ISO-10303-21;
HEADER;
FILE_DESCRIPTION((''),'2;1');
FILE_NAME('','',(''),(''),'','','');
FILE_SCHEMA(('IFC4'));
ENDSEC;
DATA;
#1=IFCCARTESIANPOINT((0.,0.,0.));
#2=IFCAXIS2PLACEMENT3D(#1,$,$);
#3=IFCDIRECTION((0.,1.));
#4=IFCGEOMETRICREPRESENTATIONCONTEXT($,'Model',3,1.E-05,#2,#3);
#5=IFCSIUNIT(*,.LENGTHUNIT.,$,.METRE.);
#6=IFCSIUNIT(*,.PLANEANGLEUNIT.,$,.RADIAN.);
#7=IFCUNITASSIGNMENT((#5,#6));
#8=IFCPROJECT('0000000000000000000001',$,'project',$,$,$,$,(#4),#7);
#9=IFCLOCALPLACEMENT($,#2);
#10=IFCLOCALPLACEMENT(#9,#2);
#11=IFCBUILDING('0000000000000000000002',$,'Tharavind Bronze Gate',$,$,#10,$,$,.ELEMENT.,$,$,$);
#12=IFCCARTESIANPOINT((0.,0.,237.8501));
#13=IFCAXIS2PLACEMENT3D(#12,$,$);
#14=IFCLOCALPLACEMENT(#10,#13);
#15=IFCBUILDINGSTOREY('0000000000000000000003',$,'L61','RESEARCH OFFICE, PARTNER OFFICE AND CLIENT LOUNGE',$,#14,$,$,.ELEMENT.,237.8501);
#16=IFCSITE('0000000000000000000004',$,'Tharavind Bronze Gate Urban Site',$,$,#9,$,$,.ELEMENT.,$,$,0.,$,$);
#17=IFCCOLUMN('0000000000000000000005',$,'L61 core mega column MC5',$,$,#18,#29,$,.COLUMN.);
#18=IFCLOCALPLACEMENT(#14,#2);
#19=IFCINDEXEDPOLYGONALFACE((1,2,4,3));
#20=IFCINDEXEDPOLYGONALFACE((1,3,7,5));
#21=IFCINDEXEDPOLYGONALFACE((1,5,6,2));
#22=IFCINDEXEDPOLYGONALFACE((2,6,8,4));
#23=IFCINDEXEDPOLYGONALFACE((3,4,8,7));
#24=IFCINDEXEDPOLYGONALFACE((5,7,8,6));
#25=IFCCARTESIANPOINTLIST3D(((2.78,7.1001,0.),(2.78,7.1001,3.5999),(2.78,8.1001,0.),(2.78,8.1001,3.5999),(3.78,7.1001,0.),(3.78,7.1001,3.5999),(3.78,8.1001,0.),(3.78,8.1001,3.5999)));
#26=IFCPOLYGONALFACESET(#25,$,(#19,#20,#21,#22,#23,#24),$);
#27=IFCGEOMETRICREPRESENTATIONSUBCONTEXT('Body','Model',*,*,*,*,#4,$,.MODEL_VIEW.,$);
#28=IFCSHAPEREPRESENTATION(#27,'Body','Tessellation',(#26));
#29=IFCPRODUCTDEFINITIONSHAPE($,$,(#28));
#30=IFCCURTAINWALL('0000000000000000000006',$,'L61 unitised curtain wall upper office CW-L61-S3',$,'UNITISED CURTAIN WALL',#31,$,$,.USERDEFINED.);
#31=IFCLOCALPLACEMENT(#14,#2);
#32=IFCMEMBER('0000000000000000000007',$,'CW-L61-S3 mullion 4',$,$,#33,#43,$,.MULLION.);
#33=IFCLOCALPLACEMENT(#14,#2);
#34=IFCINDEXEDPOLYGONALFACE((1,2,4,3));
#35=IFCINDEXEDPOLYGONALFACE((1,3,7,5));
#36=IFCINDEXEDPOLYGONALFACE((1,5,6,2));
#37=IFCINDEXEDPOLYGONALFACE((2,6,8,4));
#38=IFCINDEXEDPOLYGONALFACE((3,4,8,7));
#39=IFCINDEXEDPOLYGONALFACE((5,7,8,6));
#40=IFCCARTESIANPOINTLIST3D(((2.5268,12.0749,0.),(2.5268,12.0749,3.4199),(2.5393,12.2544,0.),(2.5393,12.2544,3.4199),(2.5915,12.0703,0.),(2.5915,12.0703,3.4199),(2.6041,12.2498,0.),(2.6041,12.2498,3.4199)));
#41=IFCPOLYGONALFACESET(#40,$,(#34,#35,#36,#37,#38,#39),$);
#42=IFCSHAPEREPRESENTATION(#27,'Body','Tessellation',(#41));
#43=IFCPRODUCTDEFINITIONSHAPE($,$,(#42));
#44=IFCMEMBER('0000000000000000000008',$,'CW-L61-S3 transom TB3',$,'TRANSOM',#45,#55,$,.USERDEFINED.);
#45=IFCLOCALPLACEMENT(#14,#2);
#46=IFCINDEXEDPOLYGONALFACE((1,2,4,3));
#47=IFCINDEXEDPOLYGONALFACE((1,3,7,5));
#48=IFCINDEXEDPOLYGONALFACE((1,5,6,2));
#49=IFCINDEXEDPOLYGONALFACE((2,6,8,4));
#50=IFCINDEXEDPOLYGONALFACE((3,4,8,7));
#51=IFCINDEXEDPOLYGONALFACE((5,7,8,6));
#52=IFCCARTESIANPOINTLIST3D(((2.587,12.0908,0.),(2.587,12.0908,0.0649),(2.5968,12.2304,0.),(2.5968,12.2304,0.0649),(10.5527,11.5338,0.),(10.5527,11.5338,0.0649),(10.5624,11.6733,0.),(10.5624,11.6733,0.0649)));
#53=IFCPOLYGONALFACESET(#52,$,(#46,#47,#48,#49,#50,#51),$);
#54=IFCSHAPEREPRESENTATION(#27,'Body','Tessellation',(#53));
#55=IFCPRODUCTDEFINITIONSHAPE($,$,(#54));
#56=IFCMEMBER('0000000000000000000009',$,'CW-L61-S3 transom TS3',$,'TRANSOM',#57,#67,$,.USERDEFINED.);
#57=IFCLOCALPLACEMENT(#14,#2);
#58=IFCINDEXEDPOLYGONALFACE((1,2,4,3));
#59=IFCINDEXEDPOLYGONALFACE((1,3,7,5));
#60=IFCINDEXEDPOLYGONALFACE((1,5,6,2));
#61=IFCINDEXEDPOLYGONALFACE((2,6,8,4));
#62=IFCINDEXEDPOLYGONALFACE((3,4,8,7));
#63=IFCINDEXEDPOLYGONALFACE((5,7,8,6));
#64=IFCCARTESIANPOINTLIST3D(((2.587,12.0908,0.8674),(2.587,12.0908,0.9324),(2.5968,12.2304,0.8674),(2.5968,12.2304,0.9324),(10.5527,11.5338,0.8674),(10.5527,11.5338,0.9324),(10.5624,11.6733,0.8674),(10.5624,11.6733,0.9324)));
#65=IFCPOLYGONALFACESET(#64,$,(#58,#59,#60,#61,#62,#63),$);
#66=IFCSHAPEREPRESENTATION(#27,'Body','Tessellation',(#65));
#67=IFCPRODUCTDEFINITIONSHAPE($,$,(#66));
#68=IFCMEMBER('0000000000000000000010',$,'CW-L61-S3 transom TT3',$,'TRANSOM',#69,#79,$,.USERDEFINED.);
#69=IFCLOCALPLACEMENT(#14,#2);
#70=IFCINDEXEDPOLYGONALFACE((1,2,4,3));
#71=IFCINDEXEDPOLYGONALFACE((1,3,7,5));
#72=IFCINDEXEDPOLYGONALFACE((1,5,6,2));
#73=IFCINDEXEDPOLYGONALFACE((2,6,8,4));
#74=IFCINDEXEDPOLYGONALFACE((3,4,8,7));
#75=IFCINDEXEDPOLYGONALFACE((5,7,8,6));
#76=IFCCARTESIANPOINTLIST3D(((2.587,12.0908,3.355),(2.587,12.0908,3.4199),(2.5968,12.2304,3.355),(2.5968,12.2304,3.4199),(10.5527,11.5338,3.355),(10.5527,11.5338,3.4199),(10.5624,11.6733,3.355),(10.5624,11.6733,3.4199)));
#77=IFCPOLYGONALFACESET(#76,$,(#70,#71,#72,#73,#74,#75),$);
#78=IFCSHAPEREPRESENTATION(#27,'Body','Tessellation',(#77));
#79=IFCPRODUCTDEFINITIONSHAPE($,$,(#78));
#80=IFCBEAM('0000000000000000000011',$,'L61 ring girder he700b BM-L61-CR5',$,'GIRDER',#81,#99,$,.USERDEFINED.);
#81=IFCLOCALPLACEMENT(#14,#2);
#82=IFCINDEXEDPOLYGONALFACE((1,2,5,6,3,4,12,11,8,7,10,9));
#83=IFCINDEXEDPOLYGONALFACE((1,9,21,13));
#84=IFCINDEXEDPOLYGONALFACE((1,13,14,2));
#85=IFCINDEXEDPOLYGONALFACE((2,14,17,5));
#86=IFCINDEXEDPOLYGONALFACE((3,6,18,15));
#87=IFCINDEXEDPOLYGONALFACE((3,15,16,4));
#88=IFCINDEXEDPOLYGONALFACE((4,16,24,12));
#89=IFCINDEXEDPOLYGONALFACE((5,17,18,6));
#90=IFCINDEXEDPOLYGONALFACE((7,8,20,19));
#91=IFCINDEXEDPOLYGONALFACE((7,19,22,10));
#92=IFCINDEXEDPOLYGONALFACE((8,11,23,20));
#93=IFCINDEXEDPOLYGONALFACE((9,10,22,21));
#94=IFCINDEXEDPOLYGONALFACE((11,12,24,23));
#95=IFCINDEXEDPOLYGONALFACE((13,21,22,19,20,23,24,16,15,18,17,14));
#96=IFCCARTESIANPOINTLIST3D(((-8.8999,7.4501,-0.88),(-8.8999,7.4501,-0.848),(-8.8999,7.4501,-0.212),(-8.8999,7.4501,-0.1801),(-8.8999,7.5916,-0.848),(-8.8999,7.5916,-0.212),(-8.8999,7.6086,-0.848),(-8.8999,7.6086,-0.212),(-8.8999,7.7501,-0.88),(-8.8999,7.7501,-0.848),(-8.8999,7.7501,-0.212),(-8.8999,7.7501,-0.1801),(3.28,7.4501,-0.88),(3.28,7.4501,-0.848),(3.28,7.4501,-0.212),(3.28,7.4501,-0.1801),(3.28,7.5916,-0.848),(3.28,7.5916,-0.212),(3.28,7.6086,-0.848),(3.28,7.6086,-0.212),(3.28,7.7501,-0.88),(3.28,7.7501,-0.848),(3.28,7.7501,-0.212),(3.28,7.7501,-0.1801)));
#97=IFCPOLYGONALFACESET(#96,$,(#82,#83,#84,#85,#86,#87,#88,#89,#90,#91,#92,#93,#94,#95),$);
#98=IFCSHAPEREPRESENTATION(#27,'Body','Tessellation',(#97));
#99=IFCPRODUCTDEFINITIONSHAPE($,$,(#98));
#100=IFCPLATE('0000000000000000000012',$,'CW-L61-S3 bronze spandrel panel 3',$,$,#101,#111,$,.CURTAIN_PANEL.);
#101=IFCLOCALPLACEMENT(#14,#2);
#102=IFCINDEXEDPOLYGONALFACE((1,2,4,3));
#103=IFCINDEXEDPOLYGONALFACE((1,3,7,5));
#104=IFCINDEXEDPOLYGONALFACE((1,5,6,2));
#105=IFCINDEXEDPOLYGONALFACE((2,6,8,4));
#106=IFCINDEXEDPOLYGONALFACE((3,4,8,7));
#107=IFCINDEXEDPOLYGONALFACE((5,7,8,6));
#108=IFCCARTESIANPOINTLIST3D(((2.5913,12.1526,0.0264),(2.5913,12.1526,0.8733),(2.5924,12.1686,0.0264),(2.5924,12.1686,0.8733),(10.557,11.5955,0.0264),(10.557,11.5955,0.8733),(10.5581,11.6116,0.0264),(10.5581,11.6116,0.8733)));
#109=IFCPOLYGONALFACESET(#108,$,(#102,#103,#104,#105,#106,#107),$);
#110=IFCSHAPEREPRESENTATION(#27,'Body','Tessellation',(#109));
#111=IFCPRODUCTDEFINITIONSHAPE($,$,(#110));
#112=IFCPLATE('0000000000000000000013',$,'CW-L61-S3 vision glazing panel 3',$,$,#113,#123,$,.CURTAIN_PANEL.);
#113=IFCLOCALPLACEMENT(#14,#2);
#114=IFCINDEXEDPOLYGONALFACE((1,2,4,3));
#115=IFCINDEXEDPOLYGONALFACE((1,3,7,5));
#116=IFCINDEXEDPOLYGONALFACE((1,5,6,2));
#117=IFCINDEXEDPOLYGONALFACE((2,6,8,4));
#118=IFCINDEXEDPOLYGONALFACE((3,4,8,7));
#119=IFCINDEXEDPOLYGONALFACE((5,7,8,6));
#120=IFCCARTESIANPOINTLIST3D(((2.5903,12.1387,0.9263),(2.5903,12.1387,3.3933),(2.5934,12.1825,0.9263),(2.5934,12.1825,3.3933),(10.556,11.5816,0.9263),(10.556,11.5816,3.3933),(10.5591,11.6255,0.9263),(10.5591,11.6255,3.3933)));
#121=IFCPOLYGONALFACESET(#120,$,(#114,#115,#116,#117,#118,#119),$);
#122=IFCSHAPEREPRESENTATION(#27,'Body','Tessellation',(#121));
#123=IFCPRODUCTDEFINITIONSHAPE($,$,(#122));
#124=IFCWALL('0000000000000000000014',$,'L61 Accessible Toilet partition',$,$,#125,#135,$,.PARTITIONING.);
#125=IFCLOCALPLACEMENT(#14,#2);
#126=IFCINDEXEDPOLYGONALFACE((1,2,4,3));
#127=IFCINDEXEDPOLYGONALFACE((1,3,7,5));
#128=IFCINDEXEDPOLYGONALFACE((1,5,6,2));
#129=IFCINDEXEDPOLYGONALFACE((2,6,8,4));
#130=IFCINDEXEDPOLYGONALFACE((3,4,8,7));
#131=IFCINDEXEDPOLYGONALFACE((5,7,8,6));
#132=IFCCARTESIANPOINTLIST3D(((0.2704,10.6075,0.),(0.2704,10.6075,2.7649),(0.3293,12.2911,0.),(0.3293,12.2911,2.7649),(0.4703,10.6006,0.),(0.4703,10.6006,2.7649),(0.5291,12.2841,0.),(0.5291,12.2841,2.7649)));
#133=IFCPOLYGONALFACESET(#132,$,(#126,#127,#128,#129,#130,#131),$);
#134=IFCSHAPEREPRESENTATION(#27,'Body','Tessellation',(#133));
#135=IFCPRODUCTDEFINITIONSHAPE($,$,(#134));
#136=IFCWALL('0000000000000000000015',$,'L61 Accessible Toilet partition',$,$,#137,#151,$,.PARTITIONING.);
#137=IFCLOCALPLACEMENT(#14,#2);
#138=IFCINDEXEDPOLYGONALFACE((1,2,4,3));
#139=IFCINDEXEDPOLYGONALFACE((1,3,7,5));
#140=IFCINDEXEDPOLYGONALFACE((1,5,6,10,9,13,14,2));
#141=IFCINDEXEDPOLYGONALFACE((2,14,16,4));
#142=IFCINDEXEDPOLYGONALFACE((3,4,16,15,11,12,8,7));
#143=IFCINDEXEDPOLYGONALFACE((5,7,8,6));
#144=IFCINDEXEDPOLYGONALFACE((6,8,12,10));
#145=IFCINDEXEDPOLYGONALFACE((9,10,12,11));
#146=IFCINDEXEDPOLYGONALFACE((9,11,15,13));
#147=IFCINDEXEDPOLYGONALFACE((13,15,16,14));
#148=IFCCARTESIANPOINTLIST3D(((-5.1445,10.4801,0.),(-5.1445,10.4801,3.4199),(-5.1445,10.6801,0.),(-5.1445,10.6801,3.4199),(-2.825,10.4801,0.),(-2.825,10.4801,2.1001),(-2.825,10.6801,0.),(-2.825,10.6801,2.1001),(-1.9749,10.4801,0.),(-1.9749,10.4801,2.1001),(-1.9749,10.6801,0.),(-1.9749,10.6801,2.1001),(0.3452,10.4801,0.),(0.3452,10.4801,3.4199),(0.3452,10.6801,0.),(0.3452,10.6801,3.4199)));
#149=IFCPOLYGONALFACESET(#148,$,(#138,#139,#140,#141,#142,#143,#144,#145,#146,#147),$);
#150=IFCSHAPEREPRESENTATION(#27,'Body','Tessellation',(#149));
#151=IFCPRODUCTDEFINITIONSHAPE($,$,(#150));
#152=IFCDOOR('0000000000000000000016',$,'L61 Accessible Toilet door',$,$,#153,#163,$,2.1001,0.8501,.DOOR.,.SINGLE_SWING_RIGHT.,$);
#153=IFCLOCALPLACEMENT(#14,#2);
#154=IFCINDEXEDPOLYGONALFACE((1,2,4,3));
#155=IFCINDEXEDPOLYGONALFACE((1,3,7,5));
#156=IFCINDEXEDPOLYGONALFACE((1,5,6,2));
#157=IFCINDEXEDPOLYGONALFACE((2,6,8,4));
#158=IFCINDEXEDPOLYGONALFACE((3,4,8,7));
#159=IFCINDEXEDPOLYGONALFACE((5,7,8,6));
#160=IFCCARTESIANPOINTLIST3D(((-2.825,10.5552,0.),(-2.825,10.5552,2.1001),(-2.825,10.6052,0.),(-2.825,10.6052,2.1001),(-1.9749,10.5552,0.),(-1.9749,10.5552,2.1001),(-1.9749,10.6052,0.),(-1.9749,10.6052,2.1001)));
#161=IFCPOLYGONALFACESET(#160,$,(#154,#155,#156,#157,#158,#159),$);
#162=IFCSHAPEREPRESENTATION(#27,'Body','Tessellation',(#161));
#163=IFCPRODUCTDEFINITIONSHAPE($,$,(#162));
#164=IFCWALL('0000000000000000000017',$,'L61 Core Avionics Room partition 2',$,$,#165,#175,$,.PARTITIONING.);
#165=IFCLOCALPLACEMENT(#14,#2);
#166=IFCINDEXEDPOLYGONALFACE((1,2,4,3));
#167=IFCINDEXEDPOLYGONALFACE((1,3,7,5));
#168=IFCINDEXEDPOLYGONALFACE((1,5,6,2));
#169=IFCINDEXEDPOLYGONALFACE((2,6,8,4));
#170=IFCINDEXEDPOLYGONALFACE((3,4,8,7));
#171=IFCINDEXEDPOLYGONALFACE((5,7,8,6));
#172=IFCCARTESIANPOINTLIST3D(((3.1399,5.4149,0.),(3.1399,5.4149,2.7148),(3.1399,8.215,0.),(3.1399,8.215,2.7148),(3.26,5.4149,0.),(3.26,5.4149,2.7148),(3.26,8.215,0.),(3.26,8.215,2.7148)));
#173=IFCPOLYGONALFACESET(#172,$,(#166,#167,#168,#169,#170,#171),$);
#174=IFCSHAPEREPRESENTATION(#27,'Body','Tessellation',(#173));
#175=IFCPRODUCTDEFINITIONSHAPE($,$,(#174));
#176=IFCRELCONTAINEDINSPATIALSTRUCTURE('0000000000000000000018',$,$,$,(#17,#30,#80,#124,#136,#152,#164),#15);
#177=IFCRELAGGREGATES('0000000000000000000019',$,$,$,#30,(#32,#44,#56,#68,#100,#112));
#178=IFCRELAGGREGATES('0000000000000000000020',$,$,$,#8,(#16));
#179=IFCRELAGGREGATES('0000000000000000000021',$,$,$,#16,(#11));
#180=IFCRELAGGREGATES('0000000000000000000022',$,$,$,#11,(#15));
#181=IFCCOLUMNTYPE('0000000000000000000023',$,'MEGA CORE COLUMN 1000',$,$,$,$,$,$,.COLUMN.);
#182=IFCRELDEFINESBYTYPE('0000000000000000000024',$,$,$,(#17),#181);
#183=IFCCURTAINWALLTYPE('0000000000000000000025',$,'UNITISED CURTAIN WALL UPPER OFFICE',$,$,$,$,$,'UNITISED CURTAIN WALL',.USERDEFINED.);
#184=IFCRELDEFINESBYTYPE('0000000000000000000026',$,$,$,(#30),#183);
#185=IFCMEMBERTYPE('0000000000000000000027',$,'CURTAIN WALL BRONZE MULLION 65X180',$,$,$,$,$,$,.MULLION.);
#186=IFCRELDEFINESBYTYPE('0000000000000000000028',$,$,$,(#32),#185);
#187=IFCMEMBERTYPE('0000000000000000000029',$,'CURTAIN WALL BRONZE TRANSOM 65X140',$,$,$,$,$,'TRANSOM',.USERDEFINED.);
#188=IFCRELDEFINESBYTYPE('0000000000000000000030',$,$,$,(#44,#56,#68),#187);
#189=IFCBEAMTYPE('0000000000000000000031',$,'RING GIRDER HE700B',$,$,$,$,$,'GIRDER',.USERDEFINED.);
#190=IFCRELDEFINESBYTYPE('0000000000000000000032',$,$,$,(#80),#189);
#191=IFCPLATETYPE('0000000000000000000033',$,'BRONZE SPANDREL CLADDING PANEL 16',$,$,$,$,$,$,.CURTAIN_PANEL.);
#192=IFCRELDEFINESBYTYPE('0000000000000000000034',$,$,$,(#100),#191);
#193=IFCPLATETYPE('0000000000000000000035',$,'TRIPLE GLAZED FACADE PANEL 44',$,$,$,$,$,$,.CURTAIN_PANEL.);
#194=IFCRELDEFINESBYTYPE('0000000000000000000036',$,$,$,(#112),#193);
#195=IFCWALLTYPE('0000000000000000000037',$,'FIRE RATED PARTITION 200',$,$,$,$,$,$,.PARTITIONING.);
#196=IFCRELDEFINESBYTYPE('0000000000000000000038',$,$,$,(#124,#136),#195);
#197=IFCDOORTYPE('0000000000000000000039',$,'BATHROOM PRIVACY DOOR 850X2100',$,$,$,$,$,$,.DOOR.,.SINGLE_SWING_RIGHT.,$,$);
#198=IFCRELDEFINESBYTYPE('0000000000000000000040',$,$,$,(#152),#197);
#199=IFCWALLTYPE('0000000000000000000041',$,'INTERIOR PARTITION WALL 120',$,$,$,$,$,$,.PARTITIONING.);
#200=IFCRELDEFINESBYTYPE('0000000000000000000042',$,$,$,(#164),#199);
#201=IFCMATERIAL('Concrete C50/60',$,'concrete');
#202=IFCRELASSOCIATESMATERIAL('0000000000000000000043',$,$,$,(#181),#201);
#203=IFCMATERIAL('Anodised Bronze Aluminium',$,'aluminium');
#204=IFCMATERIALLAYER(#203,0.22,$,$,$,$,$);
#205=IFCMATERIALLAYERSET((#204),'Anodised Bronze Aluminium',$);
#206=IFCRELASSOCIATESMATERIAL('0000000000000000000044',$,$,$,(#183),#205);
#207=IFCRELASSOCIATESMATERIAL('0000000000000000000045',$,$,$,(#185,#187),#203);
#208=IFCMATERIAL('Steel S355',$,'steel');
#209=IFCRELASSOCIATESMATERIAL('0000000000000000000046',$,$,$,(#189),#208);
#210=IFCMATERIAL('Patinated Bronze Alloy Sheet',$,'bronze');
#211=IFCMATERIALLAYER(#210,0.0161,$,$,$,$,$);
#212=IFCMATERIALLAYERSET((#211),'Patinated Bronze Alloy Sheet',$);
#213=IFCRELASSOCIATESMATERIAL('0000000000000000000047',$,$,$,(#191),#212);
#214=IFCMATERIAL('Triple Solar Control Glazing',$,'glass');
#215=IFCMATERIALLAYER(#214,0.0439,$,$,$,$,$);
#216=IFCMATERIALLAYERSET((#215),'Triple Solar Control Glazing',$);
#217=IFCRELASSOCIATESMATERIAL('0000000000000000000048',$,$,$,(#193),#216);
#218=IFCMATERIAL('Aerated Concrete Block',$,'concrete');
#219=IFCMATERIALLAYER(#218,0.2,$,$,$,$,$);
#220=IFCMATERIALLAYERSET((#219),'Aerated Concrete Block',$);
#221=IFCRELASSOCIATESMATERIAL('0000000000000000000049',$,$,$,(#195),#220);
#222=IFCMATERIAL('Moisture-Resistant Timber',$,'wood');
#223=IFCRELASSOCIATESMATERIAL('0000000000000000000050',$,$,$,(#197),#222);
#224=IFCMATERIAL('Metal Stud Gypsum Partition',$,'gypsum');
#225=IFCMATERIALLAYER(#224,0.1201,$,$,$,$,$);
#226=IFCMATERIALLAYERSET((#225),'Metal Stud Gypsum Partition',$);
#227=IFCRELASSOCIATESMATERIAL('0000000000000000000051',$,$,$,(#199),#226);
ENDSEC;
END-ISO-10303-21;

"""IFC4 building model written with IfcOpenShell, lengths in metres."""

from ifc_helpers import new_model, si_unit, direction, frame, frame_2d, origin, origin_2d, place, context, subcontext, project, spatial, rectangle, i_section, extrude, material, layer, layer_set, material_profile, profile_set, type_object, element, fill, aggregate, save


model = new_model("IFC4")

# Units and contexts
model_context = context("Model", 3, precision=1e-05, world=origin(), true_north=direction((0.0, 1.0)))
body_context = subcontext(model_context, "Body", "Model", "MODEL_VIEW")
ifc_project = project(units=[si_unit("LENGTHUNIT", "METRE"), si_unit("PLANEANGLEUNIT", "RADIAN")], contexts=[model_context])

# Site, building, storey
site_placement = place(None, origin())
site = spatial("IfcSite", under=ifc_project, at=site_placement, Name="Tharavind Bronze Gate Urban Site", CompositionType="ELEMENT", RefElevation=0.0)
building_placement = place(site_placement, origin())
building = spatial("IfcBuilding", under=site, at=building_placement, Name="Tharavind Bronze Gate", CompositionType="ELEMENT")
storey_placement = place(building_placement, frame((0.0, 0.0, 237.8501)))
storey = spatial("IfcBuildingStorey", under=building, at=storey_placement, Name="L61", Description="RESEARCH OFFICE, PARTNER OFFICE AND CLIENT LOUNGE", CompositionType="ELEMENT", Elevation=237.8501)

# Column
ifc_material_1 = material(Name="Concrete C50/60", Category="concrete")
ifc_material_profile_1 = material_profile(ifc_material_1, rectangle(XDim=1.0, YDim=1.0, at=origin_2d()), Name="RCCOL1000")
ifc_profile_set_1 = profile_set([ifc_material_profile_1], Name="Concrete C50/60")
column_type = type_object("IfcColumnType", Name="MEGA CORE COLUMN 1000", PredefinedType="COLUMN", material=ifc_profile_set_1)
column_placement = place(storey_placement, frame((3.28, 7.6001, 0.0), z_axis=(0.0, 0.0, 1.0), x_axis=(1.0, 0.0, 0.0)))
element("IfcColumn", 1, at=column_placement, inside=storey, type_object=column_type, Name="L61 core mega column MC5", PredefinedType="COLUMN", context=body_context, shape_type="SweptSolid", body=[
    extrude(rectangle(XDim=1.0, YDim=1.0, at=origin_2d()), origin(), (0.0, 0.0, 1.0), 3.5999),
])

# Curtain wall, members
ifc_material_2 = material(Name="Anodised Bronze Aluminium", Category="aluminium")
ifc_layer_1 = layer(ifc_material_2, 0.22)
ifc_layer_set_1 = layer_set([ifc_layer_1], Name="Anodised Bronze Aluminium")
curtain_wall_type = type_object("IfcCurtainWallType", Name="UNITISED CURTAIN WALL UPPER OFFICE", ElementType="UNITISED CURTAIN WALL", PredefinedType="USERDEFINED", material=ifc_layer_set_1)
curtain_wall_placement = place(storey_placement, origin())
curtain_wall = element("IfcCurtainWall", 2, at=curtain_wall_placement, inside=storey, type_object=curtain_wall_type, Name="L61 unitised curtain wall upper office CW-L61-S3", ObjectType="UNITISED CURTAIN WALL", PredefinedType="USERDEFINED")
member_type_1 = type_object("IfcMemberType", Name="CURTAIN WALL BRONZE MULLION 65X180", PredefinedType="MULLION", material=ifc_material_2)
member_1_placement = place(storey_placement, frame((2.5654, 12.1624, 0.0), z_axis=(0.0, 0.0, 1.0), x_axis=(-0.997564, 0.069758, 0.0)))
member_1 = element("IfcMember", 3, at=member_1_placement, type_object=member_type_1, Name="CW-L61-S3 mullion 4", PredefinedType="MULLION", context=body_context, shape_type="SweptSolid", body=[
    extrude(rectangle(XDim=0.0649, YDim=0.1799, at=origin_2d()), origin(), (0.0, 0.0, 1.0), 3.4199),
])
member_type_2 = type_object("IfcMemberType", Name="CURTAIN WALL BRONZE TRANSOM 65X140", ElementType="TRANSOM", PredefinedType="USERDEFINED", material=ifc_material_2)
member_2_placement = place(storey_placement, frame((6.5747, 11.8821, 0.0), z_axis=(0.0, 0.0, 1.0), x_axis=(-0.997564, 0.069758, 0.0)))
member_2 = element("IfcMember", 4, at=member_2_placement, type_object=member_type_2, Name="CW-L61-S3 transom TB3", ObjectType="TRANSOM", PredefinedType="USERDEFINED", context=body_context, shape_type="SweptSolid", body=[
    extrude(rectangle(XDim=7.9851, YDim=0.1399, at=origin_2d()), origin(), (0.0, 0.0, 1.0), 0.0649),
])
member_3_placement = place(storey_placement, frame((6.5747, 11.8821, 0.8674), z_axis=(0.0, 0.0, 1.0), x_axis=(-0.997564, 0.069758, 0.0)))
member_3 = element("IfcMember", 5, at=member_3_placement, type_object=member_type_2, Name="CW-L61-S3 transom TS3", ObjectType="TRANSOM", PredefinedType="USERDEFINED", context=body_context, shape_type="SweptSolid", body=[
    extrude(rectangle(XDim=7.9851, YDim=0.1399, at=origin_2d()), origin(), (0.0, 0.0, 1.0), 0.0649),
])
member_4_placement = place(storey_placement, frame((6.5747, 11.8821, 3.355), z_axis=(0.0, 0.0, 1.0), x_axis=(-0.997564, 0.069758, 0.0)))
member_4 = element("IfcMember", 6, at=member_4_placement, type_object=member_type_2, Name="CW-L61-S3 transom TT3", ObjectType="TRANSOM", PredefinedType="USERDEFINED", context=body_context, shape_type="SweptSolid", body=[
    extrude(rectangle(XDim=7.9851, YDim=0.1399, at=origin_2d()), origin(), (0.0, 0.0, 1.0), 0.0649),
])

# Beam
ifc_material_3 = material(Name="Steel S355", Category="steel")
ifc_material_profile_2 = material_profile(ifc_material_3, i_section(OverallWidth=0.3, OverallDepth=0.7, WebThickness=0.0171, FlangeThickness=0.032, at=origin_2d()), Name="HE700B")
ifc_profile_set_2 = profile_set([ifc_material_profile_2], Name="Steel S355")
beam_type = type_object("IfcBeamType", Name="RING GIRDER HE700B", ElementType="GIRDER", PredefinedType="USERDEFINED", material=ifc_profile_set_2)
beam_placement = place(storey_placement, frame((3.28, 7.6001, -0.53), z_axis=(-1.0, 0.0, 0.0), x_axis=(0.0, -1.0, 0.0)))
element("IfcBeam", 7, at=beam_placement, inside=storey, type_object=beam_type, Name="L61 ring girder he700b BM-L61-CR5", ObjectType="GIRDER", PredefinedType="USERDEFINED", context=body_context, shape_type="SweptSolid", body=[
    extrude(i_section(OverallWidth=0.3, OverallDepth=0.7, WebThickness=0.0171, FlangeThickness=0.032, at=origin_2d()), origin(), (0.0, 0.0, 1.0), 12.1799),
])

# Plates
ifc_material_4 = material(Name="Patinated Bronze Alloy Sheet", Category="bronze")
ifc_layer_2 = layer(ifc_material_4, 0.0161)
ifc_layer_set_2 = layer_set([ifc_layer_2], Name="Patinated Bronze Alloy Sheet")
plate_type_1 = type_object("IfcPlateType", Name="BRONZE SPANDREL CLADDING PANEL 16", PredefinedType="CURTAIN_PANEL", material=ifc_layer_set_2)
plate_1_placement = place(storey_placement, frame((6.5747, 11.8821, 0.0264), z_axis=(0.0, 0.0, 1.0), x_axis=(-0.997564, 0.069758, 0.0)))
plate_1 = element("IfcPlate", 8, at=plate_1_placement, type_object=plate_type_1, Name="CW-L61-S3 bronze spandrel panel 3", PredefinedType="CURTAIN_PANEL", context=body_context, shape_type="SweptSolid", body=[
    extrude(rectangle(XDim=7.9851, YDim=0.0161, at=origin_2d()), origin(), (0.0, 0.0, 1.0), 0.8469),
])
ifc_material_5 = material(Name="Triple Solar Control Glazing", Category="glass")
ifc_layer_3 = layer(ifc_material_5, 0.0439)
ifc_layer_set_3 = layer_set([ifc_layer_3], Name="Triple Solar Control Glazing")
plate_type_2 = type_object("IfcPlateType", Name="TRIPLE GLAZED FACADE PANEL 44", PredefinedType="CURTAIN_PANEL", material=ifc_layer_set_3)
plate_2_placement = place(storey_placement, frame((6.5747, 11.8821, 0.9263), z_axis=(0.0, 0.0, 1.0), x_axis=(-0.997564, 0.069758, 0.0)))
plate_2 = element("IfcPlate", 9, at=plate_2_placement, type_object=plate_type_2, Name="CW-L61-S3 vision glazing panel 3", PredefinedType="CURTAIN_PANEL", context=body_context, shape_type="SweptSolid", body=[
    extrude(rectangle(XDim=7.9851, YDim=0.0439, at=origin_2d()), origin(), (0.0, 0.0, 1.0), 2.467),
])
aggregate(curtain_wall, [member_1, member_2, member_3, member_4, plate_1, plate_2])

# Wall
ifc_material_6 = material(Name="Aerated Concrete Block", Category="concrete")
ifc_layer_4 = layer(ifc_material_6, 0.2)
ifc_layer_set_4 = layer_set([ifc_layer_4], Name="Aerated Concrete Block")
wall_type_1 = type_object("IfcWallType", Name="FIRE RATED PARTITION 200", PredefinedType="PARTITIONING", material=ifc_layer_set_4)
wall_1_placement = place(storey_placement, frame((0.4292, 12.2876, 0.0), z_axis=(0.0, 0.0, 1.0), x_axis=(-0.034926, -0.99939, 0.0)))
element("IfcWall", 10, at=wall_1_placement, inside=storey, type_object=wall_type_1, Name="L61 Accessible Toilet partition", PredefinedType="PARTITIONING", context=body_context, shape_type="SweptSolid", body=[
    extrude(rectangle(XDim=1.6846, YDim=0.2, at=frame_2d((0.8423, 0.0))), origin(), (0.0, 0.0, 1.0), 2.7649),
])

# Wall, opening, door
wall_2_placement = place(storey_placement, frame((0.3452, 10.5801, 0.0), z_axis=(0.0, 0.0, 1.0), x_axis=(-1.0, 0.0, 0.0)))
wall_2 = element("IfcWall", 11, at=wall_2_placement, inside=storey, type_object=wall_type_1, Name="L61 Accessible Toilet partition", PredefinedType="PARTITIONING", context=body_context, shape_type="SweptSolid", body=[
    extrude(rectangle(XDim=5.4897, YDim=0.2, at=frame_2d((2.7449, 0.0))), origin(), (0.0, 0.0, 1.0), 3.4199),
])
opening_1_placement = place(wall_2_placement, frame((2.3201, 0.0, 0.0)))
opening_1 = element("IfcOpeningElement", 12, at=opening_1_placement, cuts=wall_2, PredefinedType="OPENING", context=body_context, shape_type="SweptSolid", body=[
    extrude(rectangle(XDim=0.8501, YDim=2.1001, at=frame_2d((0.425, 1.05))), frame((0.0, 0.1101, 0.0), z_axis=(0.0, -1.0, 0.0), x_axis=(1.0, 0.0, 0.0)), (0.0, 0.0, 1.0), 0.22),
])
ifc_material_7 = material(Name="Moisture-Resistant Timber", Category="wood")
door_type_1 = type_object("IfcDoorType", Name="BATHROOM PRIVACY DOOR 850X2100", OperationType="SINGLE_SWING_RIGHT", PredefinedType="DOOR", material=ifc_material_7)
door_1_placement = place(opening_1_placement, origin())
door_1 = element("IfcDoor", 13, at=door_1_placement, inside=storey, type_object=door_type_1, Name="L61 Accessible Toilet door", OperationType="SINGLE_SWING_RIGHT", OverallHeight=2.1001, OverallWidth=0.8501, PredefinedType="DOOR", context=body_context, shape_type="SweptSolid", body=[
    extrude(rectangle(XDim=0.8501, YDim=2.1001, at=frame_2d((0.425, 1.05))), frame((0.0, 0.0249, 0.0), z_axis=(0.0, -1.0, 0.0), x_axis=(1.0, 0.0, 0.0)), (0.0, 0.0, 1.0), 0.05),
])
fill(opening_1, door_1)

# Wall
ifc_material_8 = material(Name="Metal Stud Gypsum Partition", Category="gypsum")
ifc_layer_5 = layer(ifc_material_8, 0.1201)
ifc_layer_set_5 = layer_set([ifc_layer_5], Name="Metal Stud Gypsum Partition")
wall_type_2 = type_object("IfcWallType", Name="INTERIOR PARTITION WALL 120", PredefinedType="PARTITIONING", material=ifc_layer_set_5)
wall_3_placement = place(storey_placement, frame((3.2, 5.415, 0.0), z_axis=(0.0, 0.0, 1.0), x_axis=(0.0, 1.0, 0.0)))
element("IfcWall", 14, at=wall_3_placement, inside=storey, type_object=wall_type_2, Name="L61 Core Avionics Room partition 2", PredefinedType="PARTITIONING", context=body_context, shape_type="SweptSolid", body=[
    extrude(rectangle(XDim=2.8, YDim=0.1201, at=frame_2d((1.3999, 0.0))), origin(), (0.0, 0.0, 1.0), 2.7148),
])

save(model, "model.ifc")
